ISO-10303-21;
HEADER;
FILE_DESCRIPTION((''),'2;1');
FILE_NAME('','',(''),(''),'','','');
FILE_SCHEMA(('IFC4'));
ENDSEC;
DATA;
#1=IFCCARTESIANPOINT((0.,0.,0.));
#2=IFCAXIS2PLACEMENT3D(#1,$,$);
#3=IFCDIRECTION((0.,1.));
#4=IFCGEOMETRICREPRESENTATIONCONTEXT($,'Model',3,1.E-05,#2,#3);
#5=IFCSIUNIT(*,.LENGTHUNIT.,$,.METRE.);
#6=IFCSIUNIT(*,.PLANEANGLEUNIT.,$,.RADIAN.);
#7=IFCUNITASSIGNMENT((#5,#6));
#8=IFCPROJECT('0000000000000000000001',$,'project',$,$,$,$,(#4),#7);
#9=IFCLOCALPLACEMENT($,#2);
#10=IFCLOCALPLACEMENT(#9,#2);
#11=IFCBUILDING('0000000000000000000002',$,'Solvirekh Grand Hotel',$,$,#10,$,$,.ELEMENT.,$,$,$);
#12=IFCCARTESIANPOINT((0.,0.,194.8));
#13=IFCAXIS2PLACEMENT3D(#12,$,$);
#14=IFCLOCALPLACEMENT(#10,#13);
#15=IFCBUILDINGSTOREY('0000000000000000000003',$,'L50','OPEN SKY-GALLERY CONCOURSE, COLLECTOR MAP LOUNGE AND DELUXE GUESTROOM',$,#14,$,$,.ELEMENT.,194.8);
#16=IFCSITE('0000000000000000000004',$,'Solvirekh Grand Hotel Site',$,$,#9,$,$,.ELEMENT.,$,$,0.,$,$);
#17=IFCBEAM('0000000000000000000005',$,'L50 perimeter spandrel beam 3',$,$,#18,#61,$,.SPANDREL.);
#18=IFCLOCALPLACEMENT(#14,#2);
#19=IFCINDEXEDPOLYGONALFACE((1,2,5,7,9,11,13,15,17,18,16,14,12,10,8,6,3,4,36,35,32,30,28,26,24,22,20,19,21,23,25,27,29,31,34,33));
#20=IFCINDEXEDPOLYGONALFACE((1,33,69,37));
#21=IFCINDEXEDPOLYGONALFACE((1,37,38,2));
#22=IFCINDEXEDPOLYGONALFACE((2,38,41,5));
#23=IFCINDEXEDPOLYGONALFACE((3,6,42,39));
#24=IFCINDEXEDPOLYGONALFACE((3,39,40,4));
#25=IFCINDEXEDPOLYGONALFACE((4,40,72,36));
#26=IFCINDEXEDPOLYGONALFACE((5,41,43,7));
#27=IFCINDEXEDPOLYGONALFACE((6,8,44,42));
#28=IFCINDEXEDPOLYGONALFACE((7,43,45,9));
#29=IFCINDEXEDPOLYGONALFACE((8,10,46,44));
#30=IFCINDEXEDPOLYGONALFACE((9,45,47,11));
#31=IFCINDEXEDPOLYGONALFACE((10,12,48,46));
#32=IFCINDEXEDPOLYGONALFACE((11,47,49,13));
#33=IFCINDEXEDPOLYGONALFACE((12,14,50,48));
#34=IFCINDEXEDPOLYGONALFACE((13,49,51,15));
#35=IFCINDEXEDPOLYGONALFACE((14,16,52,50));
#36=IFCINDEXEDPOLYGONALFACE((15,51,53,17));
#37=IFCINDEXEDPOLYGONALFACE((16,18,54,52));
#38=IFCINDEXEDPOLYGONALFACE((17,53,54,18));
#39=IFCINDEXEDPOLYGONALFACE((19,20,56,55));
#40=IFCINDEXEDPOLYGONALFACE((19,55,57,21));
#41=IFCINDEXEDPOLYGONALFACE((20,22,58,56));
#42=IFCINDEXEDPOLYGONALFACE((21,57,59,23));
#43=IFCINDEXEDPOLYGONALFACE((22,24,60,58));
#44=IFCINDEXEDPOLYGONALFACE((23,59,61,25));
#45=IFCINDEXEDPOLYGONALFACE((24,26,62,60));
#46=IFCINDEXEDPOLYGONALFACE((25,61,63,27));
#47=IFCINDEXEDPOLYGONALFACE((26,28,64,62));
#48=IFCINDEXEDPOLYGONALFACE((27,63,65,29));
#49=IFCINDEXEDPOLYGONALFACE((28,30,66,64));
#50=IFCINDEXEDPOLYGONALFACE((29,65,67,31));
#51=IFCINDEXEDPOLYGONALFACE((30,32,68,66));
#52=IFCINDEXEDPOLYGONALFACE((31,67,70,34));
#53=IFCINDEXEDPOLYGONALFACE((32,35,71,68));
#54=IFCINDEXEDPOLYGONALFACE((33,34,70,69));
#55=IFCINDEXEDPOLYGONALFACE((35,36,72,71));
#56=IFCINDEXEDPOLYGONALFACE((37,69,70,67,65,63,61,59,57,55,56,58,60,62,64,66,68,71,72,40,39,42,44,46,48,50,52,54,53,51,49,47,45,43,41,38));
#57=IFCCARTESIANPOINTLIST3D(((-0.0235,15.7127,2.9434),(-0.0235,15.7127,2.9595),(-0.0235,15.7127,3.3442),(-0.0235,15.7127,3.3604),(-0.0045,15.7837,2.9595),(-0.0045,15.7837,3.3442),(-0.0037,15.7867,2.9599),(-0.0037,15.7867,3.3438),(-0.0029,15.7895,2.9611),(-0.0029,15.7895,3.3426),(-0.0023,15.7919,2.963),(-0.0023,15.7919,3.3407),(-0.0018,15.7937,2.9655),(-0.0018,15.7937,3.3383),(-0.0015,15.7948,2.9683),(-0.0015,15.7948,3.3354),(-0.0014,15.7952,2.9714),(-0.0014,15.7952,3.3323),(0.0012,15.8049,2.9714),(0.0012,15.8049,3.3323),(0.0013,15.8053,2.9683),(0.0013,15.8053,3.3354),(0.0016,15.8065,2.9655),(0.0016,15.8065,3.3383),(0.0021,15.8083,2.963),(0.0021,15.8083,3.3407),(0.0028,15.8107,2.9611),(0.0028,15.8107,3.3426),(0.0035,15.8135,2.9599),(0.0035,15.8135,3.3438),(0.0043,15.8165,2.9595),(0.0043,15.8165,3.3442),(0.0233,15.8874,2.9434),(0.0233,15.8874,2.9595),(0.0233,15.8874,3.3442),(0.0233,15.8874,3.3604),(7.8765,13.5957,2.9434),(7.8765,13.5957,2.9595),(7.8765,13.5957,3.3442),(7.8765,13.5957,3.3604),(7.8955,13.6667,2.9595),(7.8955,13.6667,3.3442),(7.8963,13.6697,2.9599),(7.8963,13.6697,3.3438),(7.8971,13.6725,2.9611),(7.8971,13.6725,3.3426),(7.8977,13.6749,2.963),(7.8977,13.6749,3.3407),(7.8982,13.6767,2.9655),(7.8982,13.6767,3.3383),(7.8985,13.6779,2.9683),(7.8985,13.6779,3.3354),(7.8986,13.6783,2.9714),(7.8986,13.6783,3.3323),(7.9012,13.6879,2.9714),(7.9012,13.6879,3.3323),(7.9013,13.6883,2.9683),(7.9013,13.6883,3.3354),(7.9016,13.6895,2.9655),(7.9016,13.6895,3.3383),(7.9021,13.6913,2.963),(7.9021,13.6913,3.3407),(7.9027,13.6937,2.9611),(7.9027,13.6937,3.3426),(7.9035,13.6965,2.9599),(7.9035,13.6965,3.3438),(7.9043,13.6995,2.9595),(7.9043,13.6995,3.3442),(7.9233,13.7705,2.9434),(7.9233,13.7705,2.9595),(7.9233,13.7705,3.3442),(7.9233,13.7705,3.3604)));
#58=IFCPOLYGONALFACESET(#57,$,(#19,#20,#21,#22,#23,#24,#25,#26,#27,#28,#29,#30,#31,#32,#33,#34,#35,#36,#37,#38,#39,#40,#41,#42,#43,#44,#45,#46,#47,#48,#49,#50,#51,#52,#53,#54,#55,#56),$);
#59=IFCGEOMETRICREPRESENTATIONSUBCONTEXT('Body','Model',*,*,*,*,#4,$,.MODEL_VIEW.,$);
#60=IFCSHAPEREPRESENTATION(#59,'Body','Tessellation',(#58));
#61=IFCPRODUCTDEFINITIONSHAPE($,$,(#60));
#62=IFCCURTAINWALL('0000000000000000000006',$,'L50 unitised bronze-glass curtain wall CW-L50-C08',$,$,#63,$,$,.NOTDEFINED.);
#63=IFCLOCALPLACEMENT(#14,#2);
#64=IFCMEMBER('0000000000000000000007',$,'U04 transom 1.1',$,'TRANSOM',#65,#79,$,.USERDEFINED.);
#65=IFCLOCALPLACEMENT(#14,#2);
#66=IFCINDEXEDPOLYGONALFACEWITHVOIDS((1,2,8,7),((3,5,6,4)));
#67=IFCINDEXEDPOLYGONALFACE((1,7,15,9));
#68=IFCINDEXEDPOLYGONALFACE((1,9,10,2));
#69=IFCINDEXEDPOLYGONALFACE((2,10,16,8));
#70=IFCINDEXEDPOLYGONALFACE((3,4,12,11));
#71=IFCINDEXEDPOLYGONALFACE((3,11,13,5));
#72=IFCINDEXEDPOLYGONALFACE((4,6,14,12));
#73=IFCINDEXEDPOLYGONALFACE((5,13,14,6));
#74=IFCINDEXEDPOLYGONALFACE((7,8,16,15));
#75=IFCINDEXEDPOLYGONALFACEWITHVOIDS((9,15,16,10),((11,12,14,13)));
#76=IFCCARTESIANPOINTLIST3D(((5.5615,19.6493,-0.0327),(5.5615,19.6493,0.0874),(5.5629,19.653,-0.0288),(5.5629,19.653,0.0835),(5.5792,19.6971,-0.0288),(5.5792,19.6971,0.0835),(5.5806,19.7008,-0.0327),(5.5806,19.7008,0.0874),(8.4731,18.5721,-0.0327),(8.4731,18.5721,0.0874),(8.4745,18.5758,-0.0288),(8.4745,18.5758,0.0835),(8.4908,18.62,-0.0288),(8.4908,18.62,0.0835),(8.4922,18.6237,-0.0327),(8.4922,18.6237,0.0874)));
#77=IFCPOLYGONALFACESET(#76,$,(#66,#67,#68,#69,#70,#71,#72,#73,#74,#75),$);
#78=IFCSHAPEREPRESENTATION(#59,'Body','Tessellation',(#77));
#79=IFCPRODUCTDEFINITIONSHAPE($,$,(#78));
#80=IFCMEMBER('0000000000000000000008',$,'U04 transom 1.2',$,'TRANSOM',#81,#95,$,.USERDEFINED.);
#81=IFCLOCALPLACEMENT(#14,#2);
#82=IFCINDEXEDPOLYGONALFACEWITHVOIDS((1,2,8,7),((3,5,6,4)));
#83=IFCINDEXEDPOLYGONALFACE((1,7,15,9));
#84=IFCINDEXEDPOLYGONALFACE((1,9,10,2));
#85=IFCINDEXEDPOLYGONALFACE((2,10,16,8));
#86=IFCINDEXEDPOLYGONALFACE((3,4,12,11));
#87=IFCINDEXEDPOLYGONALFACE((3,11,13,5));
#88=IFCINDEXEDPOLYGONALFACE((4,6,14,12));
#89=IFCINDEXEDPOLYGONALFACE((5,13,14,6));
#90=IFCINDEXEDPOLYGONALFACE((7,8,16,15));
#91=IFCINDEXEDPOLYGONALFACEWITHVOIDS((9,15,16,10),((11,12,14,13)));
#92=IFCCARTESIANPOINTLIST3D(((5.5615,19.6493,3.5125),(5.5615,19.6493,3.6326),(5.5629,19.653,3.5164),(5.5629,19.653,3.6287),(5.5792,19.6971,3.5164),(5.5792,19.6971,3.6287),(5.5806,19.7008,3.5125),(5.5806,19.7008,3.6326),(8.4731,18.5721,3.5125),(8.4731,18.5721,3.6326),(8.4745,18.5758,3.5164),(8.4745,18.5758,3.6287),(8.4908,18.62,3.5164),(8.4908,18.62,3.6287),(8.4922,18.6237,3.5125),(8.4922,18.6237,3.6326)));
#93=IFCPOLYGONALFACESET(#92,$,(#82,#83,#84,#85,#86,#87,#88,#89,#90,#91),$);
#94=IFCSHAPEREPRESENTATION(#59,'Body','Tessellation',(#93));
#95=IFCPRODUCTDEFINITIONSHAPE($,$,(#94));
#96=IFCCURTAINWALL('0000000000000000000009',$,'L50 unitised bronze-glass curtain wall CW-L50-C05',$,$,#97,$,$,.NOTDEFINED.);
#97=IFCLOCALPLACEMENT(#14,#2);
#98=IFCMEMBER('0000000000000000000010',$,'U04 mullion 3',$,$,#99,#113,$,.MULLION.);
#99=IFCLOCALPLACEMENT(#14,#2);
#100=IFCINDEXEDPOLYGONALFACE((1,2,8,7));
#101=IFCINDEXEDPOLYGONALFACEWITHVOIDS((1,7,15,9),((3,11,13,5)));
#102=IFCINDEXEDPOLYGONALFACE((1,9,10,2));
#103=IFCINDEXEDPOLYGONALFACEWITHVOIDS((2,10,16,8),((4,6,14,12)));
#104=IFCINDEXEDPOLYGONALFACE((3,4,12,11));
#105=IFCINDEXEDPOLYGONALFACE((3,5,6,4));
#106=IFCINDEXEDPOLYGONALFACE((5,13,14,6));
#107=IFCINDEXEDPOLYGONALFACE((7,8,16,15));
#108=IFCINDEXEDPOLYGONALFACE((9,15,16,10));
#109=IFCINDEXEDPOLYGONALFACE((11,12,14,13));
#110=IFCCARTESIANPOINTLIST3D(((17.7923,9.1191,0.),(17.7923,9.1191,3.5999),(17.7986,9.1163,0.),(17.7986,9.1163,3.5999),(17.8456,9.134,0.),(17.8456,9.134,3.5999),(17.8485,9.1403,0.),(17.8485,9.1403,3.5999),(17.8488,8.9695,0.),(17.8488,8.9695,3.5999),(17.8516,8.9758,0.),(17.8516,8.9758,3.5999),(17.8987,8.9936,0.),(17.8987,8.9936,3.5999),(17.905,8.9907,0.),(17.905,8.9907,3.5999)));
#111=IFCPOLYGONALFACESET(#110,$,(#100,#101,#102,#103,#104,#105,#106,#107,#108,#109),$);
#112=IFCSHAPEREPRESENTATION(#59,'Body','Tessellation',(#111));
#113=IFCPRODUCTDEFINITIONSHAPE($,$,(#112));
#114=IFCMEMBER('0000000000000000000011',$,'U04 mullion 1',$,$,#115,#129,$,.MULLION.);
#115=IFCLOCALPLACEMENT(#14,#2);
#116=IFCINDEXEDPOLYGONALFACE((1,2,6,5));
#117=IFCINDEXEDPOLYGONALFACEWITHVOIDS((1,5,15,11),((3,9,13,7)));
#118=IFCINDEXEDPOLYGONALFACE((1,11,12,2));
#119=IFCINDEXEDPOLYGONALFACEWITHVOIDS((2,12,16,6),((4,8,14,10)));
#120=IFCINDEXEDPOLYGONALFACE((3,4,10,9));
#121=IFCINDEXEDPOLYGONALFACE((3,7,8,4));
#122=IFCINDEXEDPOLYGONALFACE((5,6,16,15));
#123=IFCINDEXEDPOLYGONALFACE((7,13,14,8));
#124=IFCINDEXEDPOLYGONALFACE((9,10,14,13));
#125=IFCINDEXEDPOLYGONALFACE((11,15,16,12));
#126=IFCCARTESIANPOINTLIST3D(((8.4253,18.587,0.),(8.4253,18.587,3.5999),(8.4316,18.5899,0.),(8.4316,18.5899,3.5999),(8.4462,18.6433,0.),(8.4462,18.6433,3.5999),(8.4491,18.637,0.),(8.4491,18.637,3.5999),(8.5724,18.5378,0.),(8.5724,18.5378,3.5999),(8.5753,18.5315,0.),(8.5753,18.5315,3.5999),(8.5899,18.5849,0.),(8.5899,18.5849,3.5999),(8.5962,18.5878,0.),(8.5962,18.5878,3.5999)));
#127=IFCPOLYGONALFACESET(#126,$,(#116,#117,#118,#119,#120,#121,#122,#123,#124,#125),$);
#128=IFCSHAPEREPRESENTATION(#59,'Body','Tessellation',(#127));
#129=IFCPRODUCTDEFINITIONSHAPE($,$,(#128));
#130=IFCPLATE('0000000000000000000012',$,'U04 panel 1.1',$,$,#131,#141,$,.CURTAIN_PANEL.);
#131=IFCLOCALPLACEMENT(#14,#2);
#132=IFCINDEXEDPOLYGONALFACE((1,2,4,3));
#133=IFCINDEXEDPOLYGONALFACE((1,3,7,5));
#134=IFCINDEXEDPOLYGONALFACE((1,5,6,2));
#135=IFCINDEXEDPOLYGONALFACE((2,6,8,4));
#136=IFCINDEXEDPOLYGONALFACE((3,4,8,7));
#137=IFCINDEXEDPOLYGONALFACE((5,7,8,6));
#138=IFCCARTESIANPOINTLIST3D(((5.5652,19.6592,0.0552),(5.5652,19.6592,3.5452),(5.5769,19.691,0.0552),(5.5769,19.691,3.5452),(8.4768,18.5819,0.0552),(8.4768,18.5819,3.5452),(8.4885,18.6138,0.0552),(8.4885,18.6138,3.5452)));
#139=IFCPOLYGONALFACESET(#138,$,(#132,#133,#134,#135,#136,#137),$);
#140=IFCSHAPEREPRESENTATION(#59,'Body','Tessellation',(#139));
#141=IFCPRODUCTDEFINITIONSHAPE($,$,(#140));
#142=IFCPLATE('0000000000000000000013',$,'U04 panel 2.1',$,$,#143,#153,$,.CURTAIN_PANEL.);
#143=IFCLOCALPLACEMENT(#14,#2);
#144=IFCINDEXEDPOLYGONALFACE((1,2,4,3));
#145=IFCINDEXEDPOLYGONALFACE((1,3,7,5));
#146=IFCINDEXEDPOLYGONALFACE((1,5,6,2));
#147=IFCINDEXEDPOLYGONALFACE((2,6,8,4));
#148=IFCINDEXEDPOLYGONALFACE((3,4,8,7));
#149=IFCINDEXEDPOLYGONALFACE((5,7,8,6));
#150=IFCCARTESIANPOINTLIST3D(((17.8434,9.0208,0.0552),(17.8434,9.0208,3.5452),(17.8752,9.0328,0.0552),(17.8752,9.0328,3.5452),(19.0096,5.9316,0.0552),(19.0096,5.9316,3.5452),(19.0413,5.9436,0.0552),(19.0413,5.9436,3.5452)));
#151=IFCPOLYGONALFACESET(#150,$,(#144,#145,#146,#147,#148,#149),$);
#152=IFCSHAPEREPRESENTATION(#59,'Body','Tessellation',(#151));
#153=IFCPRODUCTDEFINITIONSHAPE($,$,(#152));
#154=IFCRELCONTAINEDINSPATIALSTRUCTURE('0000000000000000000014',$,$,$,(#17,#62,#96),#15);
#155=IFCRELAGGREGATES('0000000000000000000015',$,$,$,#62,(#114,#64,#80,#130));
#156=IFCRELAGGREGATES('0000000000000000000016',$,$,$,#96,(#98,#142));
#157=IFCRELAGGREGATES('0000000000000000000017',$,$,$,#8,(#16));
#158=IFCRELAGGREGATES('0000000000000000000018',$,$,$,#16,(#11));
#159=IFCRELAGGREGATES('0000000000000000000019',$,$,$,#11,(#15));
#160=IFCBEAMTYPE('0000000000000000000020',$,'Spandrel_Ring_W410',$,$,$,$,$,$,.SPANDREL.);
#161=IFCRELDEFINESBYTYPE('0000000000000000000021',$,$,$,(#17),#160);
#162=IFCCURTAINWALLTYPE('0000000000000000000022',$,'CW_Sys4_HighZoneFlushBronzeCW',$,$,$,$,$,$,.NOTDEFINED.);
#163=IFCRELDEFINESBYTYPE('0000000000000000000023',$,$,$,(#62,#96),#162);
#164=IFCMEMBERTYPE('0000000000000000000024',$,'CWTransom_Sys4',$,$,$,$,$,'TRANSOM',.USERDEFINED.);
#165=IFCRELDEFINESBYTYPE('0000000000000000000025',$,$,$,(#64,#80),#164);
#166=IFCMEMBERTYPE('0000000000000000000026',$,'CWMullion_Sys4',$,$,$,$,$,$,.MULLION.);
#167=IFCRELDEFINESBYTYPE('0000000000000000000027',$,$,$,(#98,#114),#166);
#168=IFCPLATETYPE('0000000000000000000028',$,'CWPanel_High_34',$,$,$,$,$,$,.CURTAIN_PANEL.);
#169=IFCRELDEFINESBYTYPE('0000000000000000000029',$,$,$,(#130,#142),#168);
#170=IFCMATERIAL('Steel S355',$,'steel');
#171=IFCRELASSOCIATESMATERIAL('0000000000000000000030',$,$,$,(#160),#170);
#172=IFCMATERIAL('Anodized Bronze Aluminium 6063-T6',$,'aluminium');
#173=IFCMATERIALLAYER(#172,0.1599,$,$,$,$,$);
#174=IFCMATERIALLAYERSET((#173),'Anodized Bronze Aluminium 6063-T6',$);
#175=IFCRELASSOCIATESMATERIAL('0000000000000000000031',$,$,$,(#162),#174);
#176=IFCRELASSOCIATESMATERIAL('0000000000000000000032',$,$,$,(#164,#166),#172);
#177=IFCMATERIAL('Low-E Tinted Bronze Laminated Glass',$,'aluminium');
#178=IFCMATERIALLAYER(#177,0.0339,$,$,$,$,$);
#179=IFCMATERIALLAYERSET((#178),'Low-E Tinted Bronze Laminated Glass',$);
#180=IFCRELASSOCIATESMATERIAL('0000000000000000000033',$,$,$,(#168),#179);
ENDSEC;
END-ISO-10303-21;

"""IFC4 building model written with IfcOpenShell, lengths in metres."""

from ifc_helpers import new_model, si_unit, direction, frame, origin, origin_2d, place, context, subcontext, project, spatial, rectangle, hollow_rectangle, i_section, extrude, source, transform, mapped, material, layer, layer_set, material_profile, profile_set, type_object, element, aggregate, save


model = new_model("IFC4")

# Units and contexts
model_context = context("Model", 3, precision=1e-05, world=origin(), true_north=direction((0.0, 1.0)))
body_context = subcontext(model_context, "Body", "Model", "MODEL_VIEW")
ifc_project = project(units=[si_unit("LENGTHUNIT", "METRE"), si_unit("PLANEANGLEUNIT", "RADIAN")], contexts=[model_context])

# Site, building, storey
site_placement = place(None, origin())
site = spatial("IfcSite", under=ifc_project, at=site_placement, Name="Solvirekh Grand Hotel Site", CompositionType="ELEMENT", RefElevation=0.0)
building_placement = place(site_placement, origin())
building = spatial("IfcBuilding", under=site, at=building_placement, Name="Solvirekh Grand Hotel", CompositionType="ELEMENT")
storey_placement = place(building_placement, frame((0.0, 0.0, 194.8)))
storey = spatial("IfcBuildingStorey", under=building, at=storey_placement, Name="L50", Description="OPEN SKY-GALLERY CONCOURSE, COLLECTOR MAP LOUNGE AND DELUXE GUESTROOM", CompositionType="ELEMENT", Elevation=194.8)

# Beam
ifc_material_1 = material(Name="Steel S355", Category="steel")
ifc_material_profile_1 = material_profile(ifc_material_1, i_section(OverallWidth=0.1809, OverallDepth=0.417, WebThickness=0.01, FlangeThickness=0.0161, FilletRadius=0.012, at=origin_2d()), Name="W410X85")
ifc_profile_set_1 = profile_set([ifc_material_profile_1], Name="Steel S355")
beam_type_1 = type_object("IfcBeamType", Name="Spandrel_Ring_W410", PredefinedType="SPANDREL", material=ifc_profile_set_1)
for number, where, z_axis, x_axis, name in (
    (1, (7.8999, 13.6831, 3.1519), (-0.965921, 0.258839, 0.0), (-0.258839, -0.965921, 0.0), "L50 perimeter spandrel beam 3"),
):
    element("IfcBeam", number, at=place(storey_placement, frame(where, z_axis=z_axis, x_axis=x_axis)), inside=storey, type_object=beam_type_1, Name=name, PredefinedType="SPANDREL", context=body_context, shape_type="SweptSolid", body=[
        extrude(i_section(OverallWidth=0.1809, OverallDepth=0.417, WebThickness=0.01, FlangeThickness=0.0161, FilletRadius=0.012, at=origin_2d()), origin(), (0.0, 0.0, 1.0), 8.1787),
    ])

# Curtain wall, members
ifc_material_2 = material(Name="Anodized Bronze Aluminium 6063-T6", Category="aluminium")
ifc_layer_1 = layer(ifc_material_2, 0.1599)
ifc_layer_set_1 = layer_set([ifc_layer_1], Name="Anodized Bronze Aluminium 6063-T6")
curtain_wall_type = type_object("IfcCurtainWallType", Name="CW_Sys4_HighZoneFlushBronzeCW", PredefinedType="NOTDEFINED", material=ifc_layer_set_1)
curtain_wall_1_placement = place(storey_placement, origin())
curtain_wall_1 = element("IfcCurtainWall", 2, at=curtain_wall_1_placement, inside=storey, type_object=curtain_wall_type, Name="L50 unitised bronze-glass curtain wall CW-L50-C08", PredefinedType="NOTDEFINED")
ifc_material_profile_2 = material_profile(ifc_material_2, hollow_rectangle(XDim=0.0549, YDim=0.1201, WallThickness=0.0039, at=origin_2d()), Name="ALU RHS 120X55X4")
ifc_profile_set_2 = profile_set([ifc_material_profile_2], Name="Anodized Bronze Aluminium 6063-T6")
member_type_1 = type_object("IfcMemberType", Name="CWTransom_Sys4", ElementType="TRANSOM", PredefinedType="USERDEFINED", material=ifc_profile_set_2)
shared_shape_1 = source(origin(), body_context, "Body", "SweptSolid", [
    extrude(hollow_rectangle(XDim=0.0549, YDim=0.1201, WallThickness=0.0039, at=origin_2d()), origin(), (0.0, 0.0, 1.0), 3.1045),
])
member_1_placement = place(storey_placement, frame((8.4827, 18.5979, 0.0273), z_axis=(-0.937878, 0.346966, 0.0), x_axis=(-0.346966, -0.937878, 0.0)))
member_1 = element("IfcMember", 3, at=member_1_placement, type_object=member_type_1, Name="U04 transom 1.1", ObjectType="TRANSOM", PredefinedType="USERDEFINED", context=body_context, shape_type="MappedRepresentation", body=[
    mapped(shared_shape_1, transform((0.0, 0.0, 0.0), x_axis=(1.0, 0.0, 0.0), y_axis=(0.0, 1.0, 0.0), z_axis=(0.0, 0.0, 1.0), scale=1.0)),
])
member_2_placement = place(storey_placement, frame((8.4827, 18.5979, 3.5725), z_axis=(-0.937878, 0.346966, 0.0), x_axis=(-0.346966, -0.937878, 0.0)))
member_2 = element("IfcMember", 4, at=member_2_placement, type_object=member_type_1, Name="U04 transom 1.2", ObjectType="TRANSOM", PredefinedType="USERDEFINED", context=body_context, shape_type="MappedRepresentation", body=[
    mapped(shared_shape_1, transform((0.0, 0.0, 0.0), x_axis=(1.0, 0.0, 0.0), y_axis=(0.0, 1.0, 0.0), z_axis=(0.0, 0.0, 1.0), scale=1.0)),
])

# Curtain wall, member
curtain_wall_2_placement = place(storey_placement, origin())
curtain_wall_2 = element("IfcCurtainWall", 5, at=curtain_wall_2_placement, inside=storey, type_object=curtain_wall_type, Name="L50 unitised bronze-glass curtain wall CW-L50-C05", PredefinedType="NOTDEFINED")
ifc_material_profile_3 = material_profile(ifc_material_2, hollow_rectangle(XDim=0.0601, YDim=0.1599, WallThickness=0.0049, at=origin_2d()), Name="ALU RHS 160X60X5")
ifc_profile_set_3 = profile_set([ifc_material_profile_3], Name="Anodized Bronze Aluminium 6063-T6")
member_type_2 = type_object("IfcMemberType", Name="CWMullion_Sys4", PredefinedType="MULLION", material=ifc_profile_set_3)
shared_shape_2 = source(origin(), body_context, "Body", "SweptSolid", [
    extrude(hollow_rectangle(XDim=0.0601, YDim=0.1599, WallThickness=0.0049, at=origin_2d()), origin(), (0.0, 0.0, 1.0), 3.5999),
])
member_3_placement = place(storey_placement, frame((17.8486, 9.0549, 0.0), z_axis=(0.0, 0.0, 1.0), x_axis=(-0.935558, -0.353174, 0.0)))
member_3 = element("IfcMember", 6, at=member_3_placement, type_object=member_type_2, Name="U04 mullion 3", PredefinedType="MULLION", context=body_context, shape_type="MappedRepresentation", body=[
    mapped(shared_shape_2, transform((0.0, 0.0, 0.0), x_axis=(1.0, 0.0, 0.0), y_axis=(0.0, 1.0, 0.0), z_axis=(0.0, 0.0, 1.0), scale=1.0)),
])

# Member
member_4_placement = place(storey_placement, frame((8.5107, 18.5874, 0.0), z_axis=(0.0, 0.0, 1.0), x_axis=(-0.347003, -0.937864, 0.0)))
member_4 = element("IfcMember", 7, at=member_4_placement, type_object=member_type_2, Name="U04 mullion 1", PredefinedType="MULLION", context=body_context, shape_type="MappedRepresentation", body=[
    mapped(shared_shape_2, transform((0.0, 0.0, 0.0), x_axis=(1.0, 0.0, 0.0), y_axis=(0.0, 1.0, 0.0), z_axis=(0.0, 0.0, 1.0), scale=1.0)),
])

# Plates
ifc_material_3 = material(Name="Low-E Tinted Bronze Laminated Glass", Category="aluminium")
ifc_layer_2 = layer(ifc_material_3, 0.0339)
ifc_layer_set_2 = layer_set([ifc_layer_2], Name="Low-E Tinted Bronze Laminated Glass")
plate_type = type_object("IfcPlateType", Name="CWPanel_High_34", PredefinedType="CURTAIN_PANEL", material=ifc_layer_set_2)
shared_shape_3 = source(origin(), body_context, "Body", "SweptSolid", [
    extrude(rectangle(XDim=3.1045, YDim=0.0339, at=origin_2d()), origin(), (0.0, 0.0, 1.0), 3.49),
])
plate_1_placement = place(storey_placement, frame((7.0269, 19.1365, 0.0552), z_axis=(0.0, 0.0, 1.0), x_axis=(-0.937864, 0.347003, 0.0)))
plate_1 = element("IfcPlate", 8, at=plate_1_placement, type_object=plate_type, Name="U04 panel 1.1", PredefinedType="CURTAIN_PANEL", context=body_context, shape_type="MappedRepresentation", body=[
    mapped(shared_shape_3, transform((0.0, 0.0, 0.0), x_axis=(1.0, 0.0, 0.0), y_axis=(0.0, 1.0, 0.0), z_axis=(0.0, 0.0, 1.0), scale=1.0)),
])
aggregate(curtain_wall_1, [member_4, member_1, member_2, plate_1])
shared_shape_4 = source(origin(), body_context, "Body", "SweptSolid", [
    extrude(rectangle(XDim=3.302, YDim=0.0339, at=origin_2d()), origin(), (0.0, 0.0, 1.0), 3.49),
])
plate_2_placement = place(storey_placement, frame((18.4424, 7.4822, 0.0552), z_axis=(0.0, 0.0, 1.0), x_axis=(-0.353174, 0.935558, 0.0)))
plate_2 = element("IfcPlate", 9, at=plate_2_placement, type_object=plate_type, Name="U04 panel 2.1", PredefinedType="CURTAIN_PANEL", context=body_context, shape_type="MappedRepresentation", body=[
    mapped(shared_shape_4, transform((0.0, 0.0, 0.0), x_axis=(1.0, 0.0, 0.0), y_axis=(0.0, 1.0, 0.0), z_axis=(0.0, 0.0, 1.0), scale=1.0)),
])
aggregate(curtain_wall_2, [member_3, plate_2])

save(model, "model.ifc")
